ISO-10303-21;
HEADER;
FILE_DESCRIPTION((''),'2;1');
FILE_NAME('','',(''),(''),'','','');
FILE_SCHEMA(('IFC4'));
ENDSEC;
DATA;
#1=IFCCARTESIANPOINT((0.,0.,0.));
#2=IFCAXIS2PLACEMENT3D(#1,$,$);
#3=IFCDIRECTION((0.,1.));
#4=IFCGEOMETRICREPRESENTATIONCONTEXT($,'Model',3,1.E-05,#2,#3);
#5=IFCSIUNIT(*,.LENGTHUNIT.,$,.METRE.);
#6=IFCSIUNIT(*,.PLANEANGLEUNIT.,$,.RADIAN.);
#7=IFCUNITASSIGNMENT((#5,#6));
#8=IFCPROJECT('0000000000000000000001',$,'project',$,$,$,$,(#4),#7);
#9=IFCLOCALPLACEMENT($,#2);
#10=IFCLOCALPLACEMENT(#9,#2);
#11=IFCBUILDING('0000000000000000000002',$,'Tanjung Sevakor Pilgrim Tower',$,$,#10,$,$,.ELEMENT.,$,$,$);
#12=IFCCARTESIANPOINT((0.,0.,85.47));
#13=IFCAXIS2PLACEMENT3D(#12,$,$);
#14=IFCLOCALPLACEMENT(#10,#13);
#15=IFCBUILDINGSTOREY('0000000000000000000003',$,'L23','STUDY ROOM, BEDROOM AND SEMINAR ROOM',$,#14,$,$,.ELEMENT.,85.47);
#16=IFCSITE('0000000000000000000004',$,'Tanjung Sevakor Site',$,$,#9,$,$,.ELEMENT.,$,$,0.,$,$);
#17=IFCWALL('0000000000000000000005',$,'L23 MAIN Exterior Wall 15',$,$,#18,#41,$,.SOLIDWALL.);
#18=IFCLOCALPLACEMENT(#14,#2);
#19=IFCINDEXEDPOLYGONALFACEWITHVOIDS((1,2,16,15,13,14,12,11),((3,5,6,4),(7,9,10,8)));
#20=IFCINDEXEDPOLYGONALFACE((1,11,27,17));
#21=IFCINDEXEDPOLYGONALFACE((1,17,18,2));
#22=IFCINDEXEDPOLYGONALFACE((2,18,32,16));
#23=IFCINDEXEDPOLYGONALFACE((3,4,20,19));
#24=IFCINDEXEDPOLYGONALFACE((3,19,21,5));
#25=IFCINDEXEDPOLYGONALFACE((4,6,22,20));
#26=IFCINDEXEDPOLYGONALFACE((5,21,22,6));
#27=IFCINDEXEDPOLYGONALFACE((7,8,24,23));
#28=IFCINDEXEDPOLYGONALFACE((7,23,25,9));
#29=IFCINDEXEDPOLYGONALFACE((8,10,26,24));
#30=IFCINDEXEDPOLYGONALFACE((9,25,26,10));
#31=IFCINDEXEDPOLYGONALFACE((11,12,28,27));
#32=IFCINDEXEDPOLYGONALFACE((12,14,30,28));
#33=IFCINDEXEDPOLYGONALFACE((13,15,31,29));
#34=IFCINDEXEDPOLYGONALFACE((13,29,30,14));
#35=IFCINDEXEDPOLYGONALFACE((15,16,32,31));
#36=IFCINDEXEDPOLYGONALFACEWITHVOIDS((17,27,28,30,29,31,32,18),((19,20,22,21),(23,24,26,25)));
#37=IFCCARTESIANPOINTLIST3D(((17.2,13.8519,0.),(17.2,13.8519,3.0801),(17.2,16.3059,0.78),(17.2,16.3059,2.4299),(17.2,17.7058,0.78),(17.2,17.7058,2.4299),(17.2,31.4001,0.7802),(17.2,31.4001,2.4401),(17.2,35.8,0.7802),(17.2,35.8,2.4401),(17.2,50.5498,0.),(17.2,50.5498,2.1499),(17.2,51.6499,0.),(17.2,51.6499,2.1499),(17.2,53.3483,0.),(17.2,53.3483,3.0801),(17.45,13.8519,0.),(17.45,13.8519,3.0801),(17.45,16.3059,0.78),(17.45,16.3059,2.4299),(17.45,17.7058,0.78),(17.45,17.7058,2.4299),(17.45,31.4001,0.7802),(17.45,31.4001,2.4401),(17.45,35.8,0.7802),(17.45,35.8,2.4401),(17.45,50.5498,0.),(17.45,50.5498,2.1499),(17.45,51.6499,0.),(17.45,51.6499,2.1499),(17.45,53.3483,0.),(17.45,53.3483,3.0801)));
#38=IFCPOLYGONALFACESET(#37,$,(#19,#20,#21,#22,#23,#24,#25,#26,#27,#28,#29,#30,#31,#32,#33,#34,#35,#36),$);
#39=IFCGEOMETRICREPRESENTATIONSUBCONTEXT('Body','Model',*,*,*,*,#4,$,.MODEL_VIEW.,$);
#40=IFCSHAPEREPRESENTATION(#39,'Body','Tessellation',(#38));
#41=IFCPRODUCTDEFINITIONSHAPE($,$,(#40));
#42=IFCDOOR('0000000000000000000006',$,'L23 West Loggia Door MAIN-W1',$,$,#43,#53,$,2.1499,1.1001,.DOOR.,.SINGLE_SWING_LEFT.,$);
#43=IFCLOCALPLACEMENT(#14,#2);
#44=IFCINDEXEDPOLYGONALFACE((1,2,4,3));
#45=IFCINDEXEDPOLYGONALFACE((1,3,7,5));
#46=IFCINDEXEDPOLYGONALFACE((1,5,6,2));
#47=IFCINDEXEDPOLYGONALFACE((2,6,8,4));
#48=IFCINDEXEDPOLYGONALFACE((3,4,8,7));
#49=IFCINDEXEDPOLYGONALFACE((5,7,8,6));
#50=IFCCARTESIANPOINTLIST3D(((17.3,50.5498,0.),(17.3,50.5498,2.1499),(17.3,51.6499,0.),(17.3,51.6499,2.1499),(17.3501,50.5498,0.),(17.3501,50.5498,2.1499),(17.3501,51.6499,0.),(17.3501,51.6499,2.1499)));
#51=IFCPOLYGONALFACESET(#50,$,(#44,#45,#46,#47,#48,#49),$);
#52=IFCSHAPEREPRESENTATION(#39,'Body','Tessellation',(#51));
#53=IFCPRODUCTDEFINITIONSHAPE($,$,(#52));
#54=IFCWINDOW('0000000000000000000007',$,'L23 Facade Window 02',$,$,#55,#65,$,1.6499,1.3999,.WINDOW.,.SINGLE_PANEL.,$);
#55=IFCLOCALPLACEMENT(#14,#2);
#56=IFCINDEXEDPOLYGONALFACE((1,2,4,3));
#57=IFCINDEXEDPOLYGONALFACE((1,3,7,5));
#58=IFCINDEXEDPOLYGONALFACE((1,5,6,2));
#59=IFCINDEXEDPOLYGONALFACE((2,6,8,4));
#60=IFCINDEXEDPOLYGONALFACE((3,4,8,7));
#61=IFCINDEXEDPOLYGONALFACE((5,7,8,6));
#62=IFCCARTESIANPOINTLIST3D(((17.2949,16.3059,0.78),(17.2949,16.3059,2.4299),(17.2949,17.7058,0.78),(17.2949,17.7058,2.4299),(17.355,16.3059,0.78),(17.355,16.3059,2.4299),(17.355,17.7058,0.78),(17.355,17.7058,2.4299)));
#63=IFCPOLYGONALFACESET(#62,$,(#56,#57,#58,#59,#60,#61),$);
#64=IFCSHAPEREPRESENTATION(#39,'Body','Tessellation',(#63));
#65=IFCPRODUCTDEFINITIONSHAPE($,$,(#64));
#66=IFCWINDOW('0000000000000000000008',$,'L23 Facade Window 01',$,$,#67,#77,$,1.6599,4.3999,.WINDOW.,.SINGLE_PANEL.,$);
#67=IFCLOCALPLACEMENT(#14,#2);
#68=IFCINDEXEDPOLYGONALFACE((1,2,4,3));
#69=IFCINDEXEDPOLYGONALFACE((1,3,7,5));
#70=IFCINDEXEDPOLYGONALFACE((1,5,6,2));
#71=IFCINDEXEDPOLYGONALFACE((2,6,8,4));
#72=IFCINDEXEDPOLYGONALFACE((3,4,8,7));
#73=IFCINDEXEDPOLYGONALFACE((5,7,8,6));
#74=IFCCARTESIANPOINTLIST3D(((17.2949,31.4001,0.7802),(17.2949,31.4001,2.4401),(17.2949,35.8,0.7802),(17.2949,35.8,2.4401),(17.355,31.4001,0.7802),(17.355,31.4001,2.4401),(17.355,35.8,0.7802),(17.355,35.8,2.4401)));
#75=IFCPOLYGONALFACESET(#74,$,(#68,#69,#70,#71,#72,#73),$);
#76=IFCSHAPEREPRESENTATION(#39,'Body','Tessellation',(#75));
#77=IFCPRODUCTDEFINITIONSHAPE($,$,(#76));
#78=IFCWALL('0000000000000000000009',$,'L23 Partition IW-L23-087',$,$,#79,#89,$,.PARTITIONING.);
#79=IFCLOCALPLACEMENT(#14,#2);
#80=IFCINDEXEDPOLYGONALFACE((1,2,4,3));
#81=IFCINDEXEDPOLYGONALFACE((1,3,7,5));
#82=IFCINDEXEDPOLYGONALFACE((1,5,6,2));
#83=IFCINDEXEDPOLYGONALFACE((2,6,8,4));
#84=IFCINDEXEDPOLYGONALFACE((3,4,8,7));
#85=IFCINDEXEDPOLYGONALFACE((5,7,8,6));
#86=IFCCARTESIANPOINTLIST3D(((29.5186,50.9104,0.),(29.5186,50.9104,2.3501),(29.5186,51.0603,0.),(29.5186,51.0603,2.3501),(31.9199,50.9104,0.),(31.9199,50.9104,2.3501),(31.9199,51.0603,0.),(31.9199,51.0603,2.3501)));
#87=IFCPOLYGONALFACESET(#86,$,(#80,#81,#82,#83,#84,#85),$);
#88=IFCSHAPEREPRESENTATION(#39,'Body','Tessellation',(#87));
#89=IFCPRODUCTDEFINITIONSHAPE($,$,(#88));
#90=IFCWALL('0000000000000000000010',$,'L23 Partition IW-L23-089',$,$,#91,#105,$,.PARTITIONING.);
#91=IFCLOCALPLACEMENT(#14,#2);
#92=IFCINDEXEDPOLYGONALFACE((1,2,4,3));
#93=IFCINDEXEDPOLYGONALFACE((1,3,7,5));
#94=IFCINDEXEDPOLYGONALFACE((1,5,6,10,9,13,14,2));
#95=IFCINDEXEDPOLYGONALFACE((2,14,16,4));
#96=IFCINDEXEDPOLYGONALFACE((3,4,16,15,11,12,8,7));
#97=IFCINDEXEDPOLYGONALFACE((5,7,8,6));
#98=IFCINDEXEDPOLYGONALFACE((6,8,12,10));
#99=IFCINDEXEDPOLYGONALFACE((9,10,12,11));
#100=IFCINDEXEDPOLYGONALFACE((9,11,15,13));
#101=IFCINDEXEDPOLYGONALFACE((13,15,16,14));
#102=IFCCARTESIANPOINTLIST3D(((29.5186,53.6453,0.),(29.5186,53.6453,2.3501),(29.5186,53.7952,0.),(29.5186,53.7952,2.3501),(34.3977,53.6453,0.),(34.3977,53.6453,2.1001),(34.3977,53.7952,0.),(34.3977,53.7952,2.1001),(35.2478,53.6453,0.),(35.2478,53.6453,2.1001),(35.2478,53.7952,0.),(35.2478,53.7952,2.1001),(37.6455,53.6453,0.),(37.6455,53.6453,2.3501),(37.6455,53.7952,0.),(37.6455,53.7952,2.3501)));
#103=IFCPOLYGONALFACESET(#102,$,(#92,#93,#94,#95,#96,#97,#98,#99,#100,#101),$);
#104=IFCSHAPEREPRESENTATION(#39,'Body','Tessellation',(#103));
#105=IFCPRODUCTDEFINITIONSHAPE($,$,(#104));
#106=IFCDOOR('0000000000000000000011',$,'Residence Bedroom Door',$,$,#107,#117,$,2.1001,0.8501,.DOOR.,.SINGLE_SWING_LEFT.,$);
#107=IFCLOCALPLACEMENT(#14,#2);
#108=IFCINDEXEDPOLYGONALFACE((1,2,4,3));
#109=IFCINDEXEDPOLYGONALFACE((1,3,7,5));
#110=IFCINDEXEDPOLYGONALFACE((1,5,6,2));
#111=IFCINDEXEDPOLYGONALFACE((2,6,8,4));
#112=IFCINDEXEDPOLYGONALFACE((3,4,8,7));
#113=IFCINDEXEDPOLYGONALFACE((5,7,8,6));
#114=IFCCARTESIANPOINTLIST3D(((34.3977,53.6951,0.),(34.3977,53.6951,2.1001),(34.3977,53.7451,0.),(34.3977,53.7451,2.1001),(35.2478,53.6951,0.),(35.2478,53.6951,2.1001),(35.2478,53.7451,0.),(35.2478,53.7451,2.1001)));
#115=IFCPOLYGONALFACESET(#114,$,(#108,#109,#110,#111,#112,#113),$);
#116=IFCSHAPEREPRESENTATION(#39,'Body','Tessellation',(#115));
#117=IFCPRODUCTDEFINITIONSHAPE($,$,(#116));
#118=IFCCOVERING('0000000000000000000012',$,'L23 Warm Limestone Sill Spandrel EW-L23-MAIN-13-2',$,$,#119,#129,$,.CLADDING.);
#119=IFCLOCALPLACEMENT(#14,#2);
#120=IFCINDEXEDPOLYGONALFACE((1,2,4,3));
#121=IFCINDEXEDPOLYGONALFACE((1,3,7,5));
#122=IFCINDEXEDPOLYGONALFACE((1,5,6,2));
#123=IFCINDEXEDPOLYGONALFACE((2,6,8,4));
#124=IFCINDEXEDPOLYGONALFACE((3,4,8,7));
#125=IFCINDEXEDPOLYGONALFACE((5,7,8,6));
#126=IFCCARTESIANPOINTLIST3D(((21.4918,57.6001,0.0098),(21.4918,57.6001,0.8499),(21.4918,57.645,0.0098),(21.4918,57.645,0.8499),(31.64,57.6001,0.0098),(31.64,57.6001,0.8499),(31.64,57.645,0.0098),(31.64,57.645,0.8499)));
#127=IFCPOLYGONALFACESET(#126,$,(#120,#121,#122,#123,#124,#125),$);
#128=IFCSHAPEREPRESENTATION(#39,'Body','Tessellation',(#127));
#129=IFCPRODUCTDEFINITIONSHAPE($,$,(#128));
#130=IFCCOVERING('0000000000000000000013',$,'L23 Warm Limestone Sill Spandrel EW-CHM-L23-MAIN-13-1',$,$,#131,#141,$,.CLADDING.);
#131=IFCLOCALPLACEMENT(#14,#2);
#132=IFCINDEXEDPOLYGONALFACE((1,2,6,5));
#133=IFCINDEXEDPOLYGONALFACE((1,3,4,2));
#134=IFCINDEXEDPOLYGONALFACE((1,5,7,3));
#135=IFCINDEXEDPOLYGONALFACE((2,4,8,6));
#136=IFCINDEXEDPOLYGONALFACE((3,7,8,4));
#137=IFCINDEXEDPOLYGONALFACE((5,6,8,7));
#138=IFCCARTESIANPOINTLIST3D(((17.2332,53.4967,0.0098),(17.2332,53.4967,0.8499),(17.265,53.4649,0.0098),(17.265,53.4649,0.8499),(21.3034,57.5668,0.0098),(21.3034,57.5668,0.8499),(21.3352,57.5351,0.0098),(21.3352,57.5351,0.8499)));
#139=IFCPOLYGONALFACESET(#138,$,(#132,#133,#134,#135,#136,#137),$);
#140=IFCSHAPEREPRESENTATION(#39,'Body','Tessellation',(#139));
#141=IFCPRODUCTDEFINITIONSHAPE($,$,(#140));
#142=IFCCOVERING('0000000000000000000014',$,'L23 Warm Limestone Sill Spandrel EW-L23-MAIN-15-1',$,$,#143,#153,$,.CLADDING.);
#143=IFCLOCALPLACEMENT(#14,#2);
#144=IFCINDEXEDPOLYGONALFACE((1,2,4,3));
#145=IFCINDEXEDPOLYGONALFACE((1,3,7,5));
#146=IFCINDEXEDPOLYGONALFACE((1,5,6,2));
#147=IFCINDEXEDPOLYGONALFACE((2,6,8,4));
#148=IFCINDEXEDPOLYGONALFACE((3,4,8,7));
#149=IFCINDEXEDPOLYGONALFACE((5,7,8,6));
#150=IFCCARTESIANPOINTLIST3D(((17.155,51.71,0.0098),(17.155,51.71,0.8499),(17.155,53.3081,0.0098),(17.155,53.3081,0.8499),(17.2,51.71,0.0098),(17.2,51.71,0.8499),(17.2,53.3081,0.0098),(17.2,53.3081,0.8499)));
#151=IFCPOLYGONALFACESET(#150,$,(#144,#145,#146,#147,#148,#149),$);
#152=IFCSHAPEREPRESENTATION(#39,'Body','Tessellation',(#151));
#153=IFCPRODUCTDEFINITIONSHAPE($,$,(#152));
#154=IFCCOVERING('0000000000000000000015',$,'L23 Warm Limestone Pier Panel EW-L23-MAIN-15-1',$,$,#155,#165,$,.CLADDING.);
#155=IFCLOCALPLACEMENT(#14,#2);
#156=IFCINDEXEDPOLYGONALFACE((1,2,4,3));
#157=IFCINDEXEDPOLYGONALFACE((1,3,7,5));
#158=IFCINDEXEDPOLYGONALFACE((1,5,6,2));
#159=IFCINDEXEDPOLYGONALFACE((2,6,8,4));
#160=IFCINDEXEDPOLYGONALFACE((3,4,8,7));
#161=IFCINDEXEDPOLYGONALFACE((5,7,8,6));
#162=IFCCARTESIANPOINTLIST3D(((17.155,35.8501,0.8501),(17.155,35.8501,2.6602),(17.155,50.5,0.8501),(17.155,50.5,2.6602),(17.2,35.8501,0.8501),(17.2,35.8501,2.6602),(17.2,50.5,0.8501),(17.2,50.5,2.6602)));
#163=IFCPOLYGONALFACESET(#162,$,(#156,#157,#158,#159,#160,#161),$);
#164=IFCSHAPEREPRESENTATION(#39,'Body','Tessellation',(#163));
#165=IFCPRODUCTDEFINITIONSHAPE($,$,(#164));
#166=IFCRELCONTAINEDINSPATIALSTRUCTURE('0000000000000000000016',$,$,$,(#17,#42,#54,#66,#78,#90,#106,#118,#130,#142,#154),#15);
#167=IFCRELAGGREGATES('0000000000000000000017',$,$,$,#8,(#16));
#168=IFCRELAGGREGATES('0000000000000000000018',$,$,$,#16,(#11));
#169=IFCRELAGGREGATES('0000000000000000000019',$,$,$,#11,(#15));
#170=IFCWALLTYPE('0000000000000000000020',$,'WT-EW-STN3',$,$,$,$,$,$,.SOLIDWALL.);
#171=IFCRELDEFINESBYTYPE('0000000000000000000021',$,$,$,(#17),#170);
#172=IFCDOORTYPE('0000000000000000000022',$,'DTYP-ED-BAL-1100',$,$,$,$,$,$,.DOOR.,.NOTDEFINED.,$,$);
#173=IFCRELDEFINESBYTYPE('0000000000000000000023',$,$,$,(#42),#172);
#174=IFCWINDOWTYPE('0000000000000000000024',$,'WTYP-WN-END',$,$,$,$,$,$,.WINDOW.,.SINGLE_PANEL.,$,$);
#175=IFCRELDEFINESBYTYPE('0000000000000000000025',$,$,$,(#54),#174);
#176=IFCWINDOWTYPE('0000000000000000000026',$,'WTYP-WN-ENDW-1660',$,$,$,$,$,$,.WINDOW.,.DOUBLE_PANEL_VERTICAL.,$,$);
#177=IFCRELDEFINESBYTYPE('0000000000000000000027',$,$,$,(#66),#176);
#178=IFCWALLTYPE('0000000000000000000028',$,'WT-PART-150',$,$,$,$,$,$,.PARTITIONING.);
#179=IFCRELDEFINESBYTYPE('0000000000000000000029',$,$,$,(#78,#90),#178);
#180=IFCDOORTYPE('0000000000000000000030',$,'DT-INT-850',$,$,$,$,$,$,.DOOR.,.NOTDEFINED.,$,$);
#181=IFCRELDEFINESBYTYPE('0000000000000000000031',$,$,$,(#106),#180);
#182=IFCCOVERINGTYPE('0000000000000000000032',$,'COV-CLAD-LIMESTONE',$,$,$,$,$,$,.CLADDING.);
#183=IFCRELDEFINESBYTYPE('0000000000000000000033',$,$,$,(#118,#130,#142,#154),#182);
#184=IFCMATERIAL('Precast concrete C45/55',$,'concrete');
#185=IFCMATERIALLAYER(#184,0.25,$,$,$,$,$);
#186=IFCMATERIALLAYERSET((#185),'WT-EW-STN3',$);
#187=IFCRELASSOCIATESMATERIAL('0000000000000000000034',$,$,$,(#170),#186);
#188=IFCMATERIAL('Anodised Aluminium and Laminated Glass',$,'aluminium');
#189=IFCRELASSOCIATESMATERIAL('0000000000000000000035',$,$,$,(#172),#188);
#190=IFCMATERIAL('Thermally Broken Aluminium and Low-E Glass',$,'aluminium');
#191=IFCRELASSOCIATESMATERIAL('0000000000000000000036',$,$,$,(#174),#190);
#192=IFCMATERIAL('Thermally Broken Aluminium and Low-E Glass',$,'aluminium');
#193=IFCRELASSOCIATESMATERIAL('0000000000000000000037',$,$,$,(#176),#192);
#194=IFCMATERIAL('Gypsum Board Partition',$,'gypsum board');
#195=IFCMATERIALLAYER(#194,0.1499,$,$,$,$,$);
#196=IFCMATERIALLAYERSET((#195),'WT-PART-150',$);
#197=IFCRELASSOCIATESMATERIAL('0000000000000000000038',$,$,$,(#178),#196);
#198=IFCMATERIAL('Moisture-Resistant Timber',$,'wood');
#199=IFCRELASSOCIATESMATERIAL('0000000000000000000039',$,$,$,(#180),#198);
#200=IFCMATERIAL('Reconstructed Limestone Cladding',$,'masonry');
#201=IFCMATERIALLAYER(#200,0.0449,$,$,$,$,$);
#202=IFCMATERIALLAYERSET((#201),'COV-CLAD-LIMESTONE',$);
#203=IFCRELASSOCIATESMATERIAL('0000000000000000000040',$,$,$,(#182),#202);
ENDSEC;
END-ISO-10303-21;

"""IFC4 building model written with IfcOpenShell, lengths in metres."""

from ifc_helpers import new_model, si_unit, direction, frame, frame_2d, origin, origin_2d, place, context, subcontext, project, spatial, rectangle, extrude, material, layer, layer_set, type_object, element, fill, save


model = new_model("IFC4")

# Units and contexts
model_context = context("Model", 3, precision=1e-05, world=origin(), true_north=direction((0.0, 1.0)))
body_context = subcontext(model_context, "Body", "Model", "MODEL_VIEW")
ifc_project = project(units=[si_unit("LENGTHUNIT", "METRE"), si_unit("PLANEANGLEUNIT", "RADIAN")], contexts=[model_context])

# Site, building, storey
site_placement = place(None, origin())
site = spatial("IfcSite", under=ifc_project, at=site_placement, Name="Tanjung Sevakor Site", CompositionType="ELEMENT", RefElevation=0.0)
building_placement = place(site_placement, origin())
building = spatial("IfcBuilding", under=site, at=building_placement, Name="Tanjung Sevakor Pilgrim Tower", CompositionType="ELEMENT")
storey_placement = place(building_placement, frame((0.0, 0.0, 85.47)))
storey = spatial("IfcBuildingStorey", under=building, at=storey_placement, Name="L23", Description="STUDY ROOM, BEDROOM AND SEMINAR ROOM", CompositionType="ELEMENT", Elevation=85.47)

# Shared definitions
ifc_material_1 = material(Name="Precast concrete C45/55", Category="concrete")
ifc_layer_1 = layer(ifc_material_1, 0.25)
ifc_layer_set_1 = layer_set([ifc_layer_1], Name="WT-EW-STN3")
wall_type_1 = type_object("IfcWallType", Name="WT-EW-STN3", PredefinedType="SOLIDWALL", material=ifc_layer_set_1)

# Wall, openings, door, windows
wall_1_placement = place(storey_placement, frame((17.325, 53.3481, 0.0), z_axis=(0.0, 0.0, 1.0), x_axis=(0.0, -1.0, 0.0)))
wall_1 = element("IfcWall", 1, at=wall_1_placement, inside=storey, type_object=wall_type_1, Name="L23 MAIN Exterior Wall 15", PredefinedType="SOLIDWALL", context=body_context, shape_type="SweptSolid", body=[
    extrude(rectangle(XDim=39.4963, YDim=0.25, at=frame_2d((19.748, 0.0))), origin(), (0.0, 0.0, 1.0), 3.0801),
])
opening_1_placement = place(wall_1_placement, frame((1.6982, 0.0, 0.0)))
opening_1 = element("IfcOpeningElement", 2, at=opening_1_placement, cuts=wall_1, PredefinedType="OPENING", context=body_context, shape_type="SweptSolid", body=[
    extrude(rectangle(XDim=1.1001, YDim=2.1499, at=frame_2d((0.55, 1.075))), frame((0.0, 0.135, 0.0), z_axis=(0.0, -1.0, 0.0), x_axis=(1.0, 0.0, 0.0)), (0.0, 0.0, 1.0), 0.27),
])
opening_2_placement = place(wall_1_placement, frame((17.5481, 0.0, 0.78)))
opening_2 = element("IfcOpeningElement", 3, at=opening_2_placement, cuts=wall_1, PredefinedType="OPENING", context=body_context, shape_type="SweptSolid", body=[
    extrude(rectangle(XDim=4.3999, YDim=1.6599, at=frame_2d((2.2, 0.8301))), frame((0.0, 0.135, 0.0), z_axis=(0.0, -1.0, 0.0), x_axis=(1.0, 0.0, 0.0)), (0.0, 0.0, 1.0), 0.27),
])
opening_3_placement = place(wall_1_placement, frame((35.6423, 0.0, 0.78)))
opening_3 = element("IfcOpeningElement", 4, at=opening_3_placement, cuts=wall_1, PredefinedType="OPENING", context=body_context, shape_type="SweptSolid", body=[
    extrude(rectangle(XDim=1.3999, YDim=1.6499, at=frame_2d((0.7, 0.825))), frame((0.0, 0.135, 0.0), z_axis=(0.0, -1.0, 0.0), x_axis=(1.0, 0.0, 0.0)), (0.0, 0.0, 1.0), 0.27),
])
ifc_material_2 = material(Name="Anodised Aluminium and Laminated Glass", Category="aluminium")
door_type_1 = type_object("IfcDoorType", Name="DTYP-ED-BAL-1100", OperationType="NOTDEFINED", PredefinedType="DOOR", material=ifc_material_2)
door_1_placement = place(opening_1_placement, frame((1.1001, 0.0, 0.0), z_axis=(0.0, 0.0, 1.0), x_axis=(-1.0, 0.0, 0.0)))
door_1 = element("IfcDoor", 5, at=door_1_placement, inside=storey, type_object=door_type_1, Name="L23 West Loggia Door MAIN-W1", OperationType="SINGLE_SWING_LEFT", OverallHeight=2.1499, OverallWidth=1.1001, PredefinedType="DOOR", context=body_context, shape_type="SweptSolid", body=[
    extrude(rectangle(XDim=1.1001, YDim=2.1499, at=frame_2d((0.55, 1.075))), frame((0.0, 0.0249, 0.0), z_axis=(0.0, -1.0, 0.0), x_axis=(1.0, 0.0, 0.0)), (0.0, 0.0, 1.0), 0.05),
])
fill(opening_1, door_1)
ifc_material_3 = material(Name="Thermally Broken Aluminium and Low-E Glass", Category="aluminium")
window_type_1 = type_object("IfcWindowType", Name="WTYP-WN-END", PartitioningType="SINGLE_PANEL", PredefinedType="WINDOW", material=ifc_material_3)
window_1_placement = place(opening_3_placement, origin())
window_1 = element("IfcWindow", 6, at=window_1_placement, inside=storey, type_object=window_type_1, Name="L23 Facade Window 02", OverallHeight=1.6499, OverallWidth=1.3999, PartitioningType="SINGLE_PANEL", PredefinedType="WINDOW", context=body_context, shape_type="SweptSolid", body=[
    extrude(rectangle(XDim=1.3999, YDim=1.6499, at=frame_2d((0.7, 0.825))), frame((0.0, 0.03, 0.0), z_axis=(0.0, -1.0, 0.0), x_axis=(1.0, 0.0, 0.0)), (0.0, 0.0, 1.0), 0.0601),
])
fill(opening_3, window_1)
ifc_material_4 = material(Name="Thermally Broken Aluminium and Low-E Glass", Category="aluminium")
window_type_2 = type_object("IfcWindowType", Name="WTYP-WN-ENDW-1660", PartitioningType="DOUBLE_PANEL_VERTICAL", PredefinedType="WINDOW", material=ifc_material_4)
window_2_placement = place(opening_2_placement, origin())
window_2 = element("IfcWindow", 7, at=window_2_placement, inside=storey, type_object=window_type_2, Name="L23 Facade Window 01", OverallHeight=1.6599, OverallWidth=4.3999, PartitioningType="SINGLE_PANEL", PredefinedType="WINDOW", context=body_context, shape_type="SweptSolid", body=[
    extrude(rectangle(XDim=4.3999, YDim=1.6599, at=frame_2d((2.2, 0.8301))), frame((0.0, 0.03, 0.0), z_axis=(0.0, -1.0, 0.0), x_axis=(1.0, 0.0, 0.0)), (0.0, 0.0, 1.0), 0.0601),
])
fill(opening_2, window_2)

# Wall
ifc_material_5 = material(Name="Gypsum Board Partition", Category="gypsum board")
ifc_layer_2 = layer(ifc_material_5, 0.1499)
ifc_layer_set_2 = layer_set([ifc_layer_2], Name="WT-PART-150")
wall_type_2 = type_object("IfcWallType", Name="WT-PART-150", PredefinedType="PARTITIONING", material=ifc_layer_set_2)
wall_2_placement = place(storey_placement, frame((29.5186, 50.9854, 0.0), z_axis=(0.0, 0.0, 1.0), x_axis=(1.0, 0.0, 0.0)))
element("IfcWall", 8, at=wall_2_placement, inside=storey, type_object=wall_type_2, Name="L23 Partition IW-L23-087", PredefinedType="PARTITIONING", context=body_context, shape_type="SweptSolid", body=[
    extrude(rectangle(XDim=2.4014, YDim=0.1499, at=frame_2d((1.2007, 0.0))), origin(), (0.0, 0.0, 1.0), 2.3501),
])

# Wall, opening, door
wall_3_placement = place(storey_placement, frame((29.5186, 53.7202, 0.0), z_axis=(0.0, 0.0, 1.0), x_axis=(1.0, 0.0, 0.0)))
wall_3 = element("IfcWall", 9, at=wall_3_placement, inside=storey, type_object=wall_type_2, Name="L23 Partition IW-L23-089", PredefinedType="PARTITIONING", context=body_context, shape_type="SweptSolid", body=[
    extrude(rectangle(XDim=8.127, YDim=0.1499, at=frame_2d((4.0635, 0.0))), origin(), (0.0, 0.0, 1.0), 2.3501),
])
opening_4_placement = place(wall_3_placement, frame((4.8792, 0.0, 0.0)))
opening_4 = element("IfcOpeningElement", 10, at=opening_4_placement, cuts=wall_3, PredefinedType="OPENING", context=body_context, shape_type="SweptSolid", body=[
    extrude(rectangle(XDim=0.8501, YDim=2.1001, at=frame_2d((0.425, 1.05))), frame((0.0, 0.085, 0.0), z_axis=(0.0, -1.0, 0.0), x_axis=(1.0, 0.0, 0.0)), (0.0, 0.0, 1.0), 0.1699),
])
ifc_material_6 = material(Name="Moisture-Resistant Timber", Category="wood")
door_type_2 = type_object("IfcDoorType", Name="DT-INT-850", OperationType="NOTDEFINED", PredefinedType="DOOR", material=ifc_material_6)
door_2_placement = place(opening_4_placement, origin())
door_2 = element("IfcDoor", 11, at=door_2_placement, inside=storey, type_object=door_type_2, Name="Residence Bedroom Door", OperationType="SINGLE_SWING_LEFT", OverallHeight=2.1001, OverallWidth=0.8501, PredefinedType="DOOR", context=body_context, shape_type="SweptSolid", body=[
    extrude(rectangle(XDim=0.8501, YDim=2.1001, at=frame_2d((0.425, 1.05))), frame((0.0, 0.0249, 0.0), z_axis=(0.0, -1.0, 0.0), x_axis=(1.0, 0.0, 0.0)), (0.0, 0.0, 1.0), 0.05),
])
fill(opening_4, door_2)

# Coverings
ifc_material_7 = material(Name="Reconstructed Limestone Cladding", Category="masonry")
ifc_layer_3 = layer(ifc_material_7, 0.0449)
ifc_layer_set_3 = layer_set([ifc_layer_3], Name="COV-CLAD-LIMESTONE")
covering_type = type_object("IfcCoveringType", Name="COV-CLAD-LIMESTONE", PredefinedType="CLADDING", material=ifc_layer_set_3)
covering_1_placement = place(storey_placement, frame((26.5659, 57.6226, 0.0098), z_axis=(0.0, 0.0, 1.0), x_axis=(-1.0, 0.0, 0.0)))
element("IfcCovering", 12, at=covering_1_placement, inside=storey, type_object=covering_type, Name="L23 Warm Limestone Sill Spandrel EW-L23-MAIN-13-2", PredefinedType="CLADDING", context=body_context, shape_type="SweptSolid", body=[
    extrude(rectangle(XDim=10.1482, YDim=0.0449, at=origin_2d()), origin(), (0.0, 0.0, 1.0), 0.8401),
])
covering_2_placement = place(storey_placement, frame((19.2842, 55.5159, 0.0098), z_axis=(0.0, 0.0, 1.0), x_axis=(-0.707107, -0.707107, 0.0)))
element("IfcCovering", 13, at=covering_2_placement, inside=storey, type_object=covering_type, Name="L23 Warm Limestone Sill Spandrel EW-CHM-L23-MAIN-13-1", PredefinedType="CLADDING", context=body_context, shape_type="SweptSolid", body=[
    extrude(rectangle(XDim=5.7561, YDim=0.0449, at=origin_2d()), origin(), (0.0, 0.0, 1.0), 0.8401),
])
covering_3_placement = place(storey_placement, frame((17.1775, 52.509, 0.0098), z_axis=(0.0, 0.0, 1.0), x_axis=(0.0, -1.0, 0.0)))
element("IfcCovering", 14, at=covering_3_placement, inside=storey, type_object=covering_type, Name="L23 Warm Limestone Sill Spandrel EW-L23-MAIN-15-1", PredefinedType="CLADDING", context=body_context, shape_type="SweptSolid", body=[
    extrude(rectangle(XDim=1.5981, YDim=0.0449, at=origin_2d()), origin(), (0.0, 0.0, 1.0), 0.8401),
])
covering_4_placement = place(storey_placement, frame((17.1775, 43.175, 0.8501), z_axis=(0.0, 0.0, 1.0), x_axis=(0.0, -1.0, 0.0)))
element("IfcCovering", 15, at=covering_4_placement, inside=storey, type_object=covering_type, Name="L23 Warm Limestone Pier Panel EW-L23-MAIN-15-1", PredefinedType="CLADDING", context=body_context, shape_type="SweptSolid", body=[
    extrude(rectangle(XDim=14.6499, YDim=0.0449, at=origin_2d()), origin(), (0.0, 0.0, 1.0), 1.8101),
])

save(model, "model.ifc")
